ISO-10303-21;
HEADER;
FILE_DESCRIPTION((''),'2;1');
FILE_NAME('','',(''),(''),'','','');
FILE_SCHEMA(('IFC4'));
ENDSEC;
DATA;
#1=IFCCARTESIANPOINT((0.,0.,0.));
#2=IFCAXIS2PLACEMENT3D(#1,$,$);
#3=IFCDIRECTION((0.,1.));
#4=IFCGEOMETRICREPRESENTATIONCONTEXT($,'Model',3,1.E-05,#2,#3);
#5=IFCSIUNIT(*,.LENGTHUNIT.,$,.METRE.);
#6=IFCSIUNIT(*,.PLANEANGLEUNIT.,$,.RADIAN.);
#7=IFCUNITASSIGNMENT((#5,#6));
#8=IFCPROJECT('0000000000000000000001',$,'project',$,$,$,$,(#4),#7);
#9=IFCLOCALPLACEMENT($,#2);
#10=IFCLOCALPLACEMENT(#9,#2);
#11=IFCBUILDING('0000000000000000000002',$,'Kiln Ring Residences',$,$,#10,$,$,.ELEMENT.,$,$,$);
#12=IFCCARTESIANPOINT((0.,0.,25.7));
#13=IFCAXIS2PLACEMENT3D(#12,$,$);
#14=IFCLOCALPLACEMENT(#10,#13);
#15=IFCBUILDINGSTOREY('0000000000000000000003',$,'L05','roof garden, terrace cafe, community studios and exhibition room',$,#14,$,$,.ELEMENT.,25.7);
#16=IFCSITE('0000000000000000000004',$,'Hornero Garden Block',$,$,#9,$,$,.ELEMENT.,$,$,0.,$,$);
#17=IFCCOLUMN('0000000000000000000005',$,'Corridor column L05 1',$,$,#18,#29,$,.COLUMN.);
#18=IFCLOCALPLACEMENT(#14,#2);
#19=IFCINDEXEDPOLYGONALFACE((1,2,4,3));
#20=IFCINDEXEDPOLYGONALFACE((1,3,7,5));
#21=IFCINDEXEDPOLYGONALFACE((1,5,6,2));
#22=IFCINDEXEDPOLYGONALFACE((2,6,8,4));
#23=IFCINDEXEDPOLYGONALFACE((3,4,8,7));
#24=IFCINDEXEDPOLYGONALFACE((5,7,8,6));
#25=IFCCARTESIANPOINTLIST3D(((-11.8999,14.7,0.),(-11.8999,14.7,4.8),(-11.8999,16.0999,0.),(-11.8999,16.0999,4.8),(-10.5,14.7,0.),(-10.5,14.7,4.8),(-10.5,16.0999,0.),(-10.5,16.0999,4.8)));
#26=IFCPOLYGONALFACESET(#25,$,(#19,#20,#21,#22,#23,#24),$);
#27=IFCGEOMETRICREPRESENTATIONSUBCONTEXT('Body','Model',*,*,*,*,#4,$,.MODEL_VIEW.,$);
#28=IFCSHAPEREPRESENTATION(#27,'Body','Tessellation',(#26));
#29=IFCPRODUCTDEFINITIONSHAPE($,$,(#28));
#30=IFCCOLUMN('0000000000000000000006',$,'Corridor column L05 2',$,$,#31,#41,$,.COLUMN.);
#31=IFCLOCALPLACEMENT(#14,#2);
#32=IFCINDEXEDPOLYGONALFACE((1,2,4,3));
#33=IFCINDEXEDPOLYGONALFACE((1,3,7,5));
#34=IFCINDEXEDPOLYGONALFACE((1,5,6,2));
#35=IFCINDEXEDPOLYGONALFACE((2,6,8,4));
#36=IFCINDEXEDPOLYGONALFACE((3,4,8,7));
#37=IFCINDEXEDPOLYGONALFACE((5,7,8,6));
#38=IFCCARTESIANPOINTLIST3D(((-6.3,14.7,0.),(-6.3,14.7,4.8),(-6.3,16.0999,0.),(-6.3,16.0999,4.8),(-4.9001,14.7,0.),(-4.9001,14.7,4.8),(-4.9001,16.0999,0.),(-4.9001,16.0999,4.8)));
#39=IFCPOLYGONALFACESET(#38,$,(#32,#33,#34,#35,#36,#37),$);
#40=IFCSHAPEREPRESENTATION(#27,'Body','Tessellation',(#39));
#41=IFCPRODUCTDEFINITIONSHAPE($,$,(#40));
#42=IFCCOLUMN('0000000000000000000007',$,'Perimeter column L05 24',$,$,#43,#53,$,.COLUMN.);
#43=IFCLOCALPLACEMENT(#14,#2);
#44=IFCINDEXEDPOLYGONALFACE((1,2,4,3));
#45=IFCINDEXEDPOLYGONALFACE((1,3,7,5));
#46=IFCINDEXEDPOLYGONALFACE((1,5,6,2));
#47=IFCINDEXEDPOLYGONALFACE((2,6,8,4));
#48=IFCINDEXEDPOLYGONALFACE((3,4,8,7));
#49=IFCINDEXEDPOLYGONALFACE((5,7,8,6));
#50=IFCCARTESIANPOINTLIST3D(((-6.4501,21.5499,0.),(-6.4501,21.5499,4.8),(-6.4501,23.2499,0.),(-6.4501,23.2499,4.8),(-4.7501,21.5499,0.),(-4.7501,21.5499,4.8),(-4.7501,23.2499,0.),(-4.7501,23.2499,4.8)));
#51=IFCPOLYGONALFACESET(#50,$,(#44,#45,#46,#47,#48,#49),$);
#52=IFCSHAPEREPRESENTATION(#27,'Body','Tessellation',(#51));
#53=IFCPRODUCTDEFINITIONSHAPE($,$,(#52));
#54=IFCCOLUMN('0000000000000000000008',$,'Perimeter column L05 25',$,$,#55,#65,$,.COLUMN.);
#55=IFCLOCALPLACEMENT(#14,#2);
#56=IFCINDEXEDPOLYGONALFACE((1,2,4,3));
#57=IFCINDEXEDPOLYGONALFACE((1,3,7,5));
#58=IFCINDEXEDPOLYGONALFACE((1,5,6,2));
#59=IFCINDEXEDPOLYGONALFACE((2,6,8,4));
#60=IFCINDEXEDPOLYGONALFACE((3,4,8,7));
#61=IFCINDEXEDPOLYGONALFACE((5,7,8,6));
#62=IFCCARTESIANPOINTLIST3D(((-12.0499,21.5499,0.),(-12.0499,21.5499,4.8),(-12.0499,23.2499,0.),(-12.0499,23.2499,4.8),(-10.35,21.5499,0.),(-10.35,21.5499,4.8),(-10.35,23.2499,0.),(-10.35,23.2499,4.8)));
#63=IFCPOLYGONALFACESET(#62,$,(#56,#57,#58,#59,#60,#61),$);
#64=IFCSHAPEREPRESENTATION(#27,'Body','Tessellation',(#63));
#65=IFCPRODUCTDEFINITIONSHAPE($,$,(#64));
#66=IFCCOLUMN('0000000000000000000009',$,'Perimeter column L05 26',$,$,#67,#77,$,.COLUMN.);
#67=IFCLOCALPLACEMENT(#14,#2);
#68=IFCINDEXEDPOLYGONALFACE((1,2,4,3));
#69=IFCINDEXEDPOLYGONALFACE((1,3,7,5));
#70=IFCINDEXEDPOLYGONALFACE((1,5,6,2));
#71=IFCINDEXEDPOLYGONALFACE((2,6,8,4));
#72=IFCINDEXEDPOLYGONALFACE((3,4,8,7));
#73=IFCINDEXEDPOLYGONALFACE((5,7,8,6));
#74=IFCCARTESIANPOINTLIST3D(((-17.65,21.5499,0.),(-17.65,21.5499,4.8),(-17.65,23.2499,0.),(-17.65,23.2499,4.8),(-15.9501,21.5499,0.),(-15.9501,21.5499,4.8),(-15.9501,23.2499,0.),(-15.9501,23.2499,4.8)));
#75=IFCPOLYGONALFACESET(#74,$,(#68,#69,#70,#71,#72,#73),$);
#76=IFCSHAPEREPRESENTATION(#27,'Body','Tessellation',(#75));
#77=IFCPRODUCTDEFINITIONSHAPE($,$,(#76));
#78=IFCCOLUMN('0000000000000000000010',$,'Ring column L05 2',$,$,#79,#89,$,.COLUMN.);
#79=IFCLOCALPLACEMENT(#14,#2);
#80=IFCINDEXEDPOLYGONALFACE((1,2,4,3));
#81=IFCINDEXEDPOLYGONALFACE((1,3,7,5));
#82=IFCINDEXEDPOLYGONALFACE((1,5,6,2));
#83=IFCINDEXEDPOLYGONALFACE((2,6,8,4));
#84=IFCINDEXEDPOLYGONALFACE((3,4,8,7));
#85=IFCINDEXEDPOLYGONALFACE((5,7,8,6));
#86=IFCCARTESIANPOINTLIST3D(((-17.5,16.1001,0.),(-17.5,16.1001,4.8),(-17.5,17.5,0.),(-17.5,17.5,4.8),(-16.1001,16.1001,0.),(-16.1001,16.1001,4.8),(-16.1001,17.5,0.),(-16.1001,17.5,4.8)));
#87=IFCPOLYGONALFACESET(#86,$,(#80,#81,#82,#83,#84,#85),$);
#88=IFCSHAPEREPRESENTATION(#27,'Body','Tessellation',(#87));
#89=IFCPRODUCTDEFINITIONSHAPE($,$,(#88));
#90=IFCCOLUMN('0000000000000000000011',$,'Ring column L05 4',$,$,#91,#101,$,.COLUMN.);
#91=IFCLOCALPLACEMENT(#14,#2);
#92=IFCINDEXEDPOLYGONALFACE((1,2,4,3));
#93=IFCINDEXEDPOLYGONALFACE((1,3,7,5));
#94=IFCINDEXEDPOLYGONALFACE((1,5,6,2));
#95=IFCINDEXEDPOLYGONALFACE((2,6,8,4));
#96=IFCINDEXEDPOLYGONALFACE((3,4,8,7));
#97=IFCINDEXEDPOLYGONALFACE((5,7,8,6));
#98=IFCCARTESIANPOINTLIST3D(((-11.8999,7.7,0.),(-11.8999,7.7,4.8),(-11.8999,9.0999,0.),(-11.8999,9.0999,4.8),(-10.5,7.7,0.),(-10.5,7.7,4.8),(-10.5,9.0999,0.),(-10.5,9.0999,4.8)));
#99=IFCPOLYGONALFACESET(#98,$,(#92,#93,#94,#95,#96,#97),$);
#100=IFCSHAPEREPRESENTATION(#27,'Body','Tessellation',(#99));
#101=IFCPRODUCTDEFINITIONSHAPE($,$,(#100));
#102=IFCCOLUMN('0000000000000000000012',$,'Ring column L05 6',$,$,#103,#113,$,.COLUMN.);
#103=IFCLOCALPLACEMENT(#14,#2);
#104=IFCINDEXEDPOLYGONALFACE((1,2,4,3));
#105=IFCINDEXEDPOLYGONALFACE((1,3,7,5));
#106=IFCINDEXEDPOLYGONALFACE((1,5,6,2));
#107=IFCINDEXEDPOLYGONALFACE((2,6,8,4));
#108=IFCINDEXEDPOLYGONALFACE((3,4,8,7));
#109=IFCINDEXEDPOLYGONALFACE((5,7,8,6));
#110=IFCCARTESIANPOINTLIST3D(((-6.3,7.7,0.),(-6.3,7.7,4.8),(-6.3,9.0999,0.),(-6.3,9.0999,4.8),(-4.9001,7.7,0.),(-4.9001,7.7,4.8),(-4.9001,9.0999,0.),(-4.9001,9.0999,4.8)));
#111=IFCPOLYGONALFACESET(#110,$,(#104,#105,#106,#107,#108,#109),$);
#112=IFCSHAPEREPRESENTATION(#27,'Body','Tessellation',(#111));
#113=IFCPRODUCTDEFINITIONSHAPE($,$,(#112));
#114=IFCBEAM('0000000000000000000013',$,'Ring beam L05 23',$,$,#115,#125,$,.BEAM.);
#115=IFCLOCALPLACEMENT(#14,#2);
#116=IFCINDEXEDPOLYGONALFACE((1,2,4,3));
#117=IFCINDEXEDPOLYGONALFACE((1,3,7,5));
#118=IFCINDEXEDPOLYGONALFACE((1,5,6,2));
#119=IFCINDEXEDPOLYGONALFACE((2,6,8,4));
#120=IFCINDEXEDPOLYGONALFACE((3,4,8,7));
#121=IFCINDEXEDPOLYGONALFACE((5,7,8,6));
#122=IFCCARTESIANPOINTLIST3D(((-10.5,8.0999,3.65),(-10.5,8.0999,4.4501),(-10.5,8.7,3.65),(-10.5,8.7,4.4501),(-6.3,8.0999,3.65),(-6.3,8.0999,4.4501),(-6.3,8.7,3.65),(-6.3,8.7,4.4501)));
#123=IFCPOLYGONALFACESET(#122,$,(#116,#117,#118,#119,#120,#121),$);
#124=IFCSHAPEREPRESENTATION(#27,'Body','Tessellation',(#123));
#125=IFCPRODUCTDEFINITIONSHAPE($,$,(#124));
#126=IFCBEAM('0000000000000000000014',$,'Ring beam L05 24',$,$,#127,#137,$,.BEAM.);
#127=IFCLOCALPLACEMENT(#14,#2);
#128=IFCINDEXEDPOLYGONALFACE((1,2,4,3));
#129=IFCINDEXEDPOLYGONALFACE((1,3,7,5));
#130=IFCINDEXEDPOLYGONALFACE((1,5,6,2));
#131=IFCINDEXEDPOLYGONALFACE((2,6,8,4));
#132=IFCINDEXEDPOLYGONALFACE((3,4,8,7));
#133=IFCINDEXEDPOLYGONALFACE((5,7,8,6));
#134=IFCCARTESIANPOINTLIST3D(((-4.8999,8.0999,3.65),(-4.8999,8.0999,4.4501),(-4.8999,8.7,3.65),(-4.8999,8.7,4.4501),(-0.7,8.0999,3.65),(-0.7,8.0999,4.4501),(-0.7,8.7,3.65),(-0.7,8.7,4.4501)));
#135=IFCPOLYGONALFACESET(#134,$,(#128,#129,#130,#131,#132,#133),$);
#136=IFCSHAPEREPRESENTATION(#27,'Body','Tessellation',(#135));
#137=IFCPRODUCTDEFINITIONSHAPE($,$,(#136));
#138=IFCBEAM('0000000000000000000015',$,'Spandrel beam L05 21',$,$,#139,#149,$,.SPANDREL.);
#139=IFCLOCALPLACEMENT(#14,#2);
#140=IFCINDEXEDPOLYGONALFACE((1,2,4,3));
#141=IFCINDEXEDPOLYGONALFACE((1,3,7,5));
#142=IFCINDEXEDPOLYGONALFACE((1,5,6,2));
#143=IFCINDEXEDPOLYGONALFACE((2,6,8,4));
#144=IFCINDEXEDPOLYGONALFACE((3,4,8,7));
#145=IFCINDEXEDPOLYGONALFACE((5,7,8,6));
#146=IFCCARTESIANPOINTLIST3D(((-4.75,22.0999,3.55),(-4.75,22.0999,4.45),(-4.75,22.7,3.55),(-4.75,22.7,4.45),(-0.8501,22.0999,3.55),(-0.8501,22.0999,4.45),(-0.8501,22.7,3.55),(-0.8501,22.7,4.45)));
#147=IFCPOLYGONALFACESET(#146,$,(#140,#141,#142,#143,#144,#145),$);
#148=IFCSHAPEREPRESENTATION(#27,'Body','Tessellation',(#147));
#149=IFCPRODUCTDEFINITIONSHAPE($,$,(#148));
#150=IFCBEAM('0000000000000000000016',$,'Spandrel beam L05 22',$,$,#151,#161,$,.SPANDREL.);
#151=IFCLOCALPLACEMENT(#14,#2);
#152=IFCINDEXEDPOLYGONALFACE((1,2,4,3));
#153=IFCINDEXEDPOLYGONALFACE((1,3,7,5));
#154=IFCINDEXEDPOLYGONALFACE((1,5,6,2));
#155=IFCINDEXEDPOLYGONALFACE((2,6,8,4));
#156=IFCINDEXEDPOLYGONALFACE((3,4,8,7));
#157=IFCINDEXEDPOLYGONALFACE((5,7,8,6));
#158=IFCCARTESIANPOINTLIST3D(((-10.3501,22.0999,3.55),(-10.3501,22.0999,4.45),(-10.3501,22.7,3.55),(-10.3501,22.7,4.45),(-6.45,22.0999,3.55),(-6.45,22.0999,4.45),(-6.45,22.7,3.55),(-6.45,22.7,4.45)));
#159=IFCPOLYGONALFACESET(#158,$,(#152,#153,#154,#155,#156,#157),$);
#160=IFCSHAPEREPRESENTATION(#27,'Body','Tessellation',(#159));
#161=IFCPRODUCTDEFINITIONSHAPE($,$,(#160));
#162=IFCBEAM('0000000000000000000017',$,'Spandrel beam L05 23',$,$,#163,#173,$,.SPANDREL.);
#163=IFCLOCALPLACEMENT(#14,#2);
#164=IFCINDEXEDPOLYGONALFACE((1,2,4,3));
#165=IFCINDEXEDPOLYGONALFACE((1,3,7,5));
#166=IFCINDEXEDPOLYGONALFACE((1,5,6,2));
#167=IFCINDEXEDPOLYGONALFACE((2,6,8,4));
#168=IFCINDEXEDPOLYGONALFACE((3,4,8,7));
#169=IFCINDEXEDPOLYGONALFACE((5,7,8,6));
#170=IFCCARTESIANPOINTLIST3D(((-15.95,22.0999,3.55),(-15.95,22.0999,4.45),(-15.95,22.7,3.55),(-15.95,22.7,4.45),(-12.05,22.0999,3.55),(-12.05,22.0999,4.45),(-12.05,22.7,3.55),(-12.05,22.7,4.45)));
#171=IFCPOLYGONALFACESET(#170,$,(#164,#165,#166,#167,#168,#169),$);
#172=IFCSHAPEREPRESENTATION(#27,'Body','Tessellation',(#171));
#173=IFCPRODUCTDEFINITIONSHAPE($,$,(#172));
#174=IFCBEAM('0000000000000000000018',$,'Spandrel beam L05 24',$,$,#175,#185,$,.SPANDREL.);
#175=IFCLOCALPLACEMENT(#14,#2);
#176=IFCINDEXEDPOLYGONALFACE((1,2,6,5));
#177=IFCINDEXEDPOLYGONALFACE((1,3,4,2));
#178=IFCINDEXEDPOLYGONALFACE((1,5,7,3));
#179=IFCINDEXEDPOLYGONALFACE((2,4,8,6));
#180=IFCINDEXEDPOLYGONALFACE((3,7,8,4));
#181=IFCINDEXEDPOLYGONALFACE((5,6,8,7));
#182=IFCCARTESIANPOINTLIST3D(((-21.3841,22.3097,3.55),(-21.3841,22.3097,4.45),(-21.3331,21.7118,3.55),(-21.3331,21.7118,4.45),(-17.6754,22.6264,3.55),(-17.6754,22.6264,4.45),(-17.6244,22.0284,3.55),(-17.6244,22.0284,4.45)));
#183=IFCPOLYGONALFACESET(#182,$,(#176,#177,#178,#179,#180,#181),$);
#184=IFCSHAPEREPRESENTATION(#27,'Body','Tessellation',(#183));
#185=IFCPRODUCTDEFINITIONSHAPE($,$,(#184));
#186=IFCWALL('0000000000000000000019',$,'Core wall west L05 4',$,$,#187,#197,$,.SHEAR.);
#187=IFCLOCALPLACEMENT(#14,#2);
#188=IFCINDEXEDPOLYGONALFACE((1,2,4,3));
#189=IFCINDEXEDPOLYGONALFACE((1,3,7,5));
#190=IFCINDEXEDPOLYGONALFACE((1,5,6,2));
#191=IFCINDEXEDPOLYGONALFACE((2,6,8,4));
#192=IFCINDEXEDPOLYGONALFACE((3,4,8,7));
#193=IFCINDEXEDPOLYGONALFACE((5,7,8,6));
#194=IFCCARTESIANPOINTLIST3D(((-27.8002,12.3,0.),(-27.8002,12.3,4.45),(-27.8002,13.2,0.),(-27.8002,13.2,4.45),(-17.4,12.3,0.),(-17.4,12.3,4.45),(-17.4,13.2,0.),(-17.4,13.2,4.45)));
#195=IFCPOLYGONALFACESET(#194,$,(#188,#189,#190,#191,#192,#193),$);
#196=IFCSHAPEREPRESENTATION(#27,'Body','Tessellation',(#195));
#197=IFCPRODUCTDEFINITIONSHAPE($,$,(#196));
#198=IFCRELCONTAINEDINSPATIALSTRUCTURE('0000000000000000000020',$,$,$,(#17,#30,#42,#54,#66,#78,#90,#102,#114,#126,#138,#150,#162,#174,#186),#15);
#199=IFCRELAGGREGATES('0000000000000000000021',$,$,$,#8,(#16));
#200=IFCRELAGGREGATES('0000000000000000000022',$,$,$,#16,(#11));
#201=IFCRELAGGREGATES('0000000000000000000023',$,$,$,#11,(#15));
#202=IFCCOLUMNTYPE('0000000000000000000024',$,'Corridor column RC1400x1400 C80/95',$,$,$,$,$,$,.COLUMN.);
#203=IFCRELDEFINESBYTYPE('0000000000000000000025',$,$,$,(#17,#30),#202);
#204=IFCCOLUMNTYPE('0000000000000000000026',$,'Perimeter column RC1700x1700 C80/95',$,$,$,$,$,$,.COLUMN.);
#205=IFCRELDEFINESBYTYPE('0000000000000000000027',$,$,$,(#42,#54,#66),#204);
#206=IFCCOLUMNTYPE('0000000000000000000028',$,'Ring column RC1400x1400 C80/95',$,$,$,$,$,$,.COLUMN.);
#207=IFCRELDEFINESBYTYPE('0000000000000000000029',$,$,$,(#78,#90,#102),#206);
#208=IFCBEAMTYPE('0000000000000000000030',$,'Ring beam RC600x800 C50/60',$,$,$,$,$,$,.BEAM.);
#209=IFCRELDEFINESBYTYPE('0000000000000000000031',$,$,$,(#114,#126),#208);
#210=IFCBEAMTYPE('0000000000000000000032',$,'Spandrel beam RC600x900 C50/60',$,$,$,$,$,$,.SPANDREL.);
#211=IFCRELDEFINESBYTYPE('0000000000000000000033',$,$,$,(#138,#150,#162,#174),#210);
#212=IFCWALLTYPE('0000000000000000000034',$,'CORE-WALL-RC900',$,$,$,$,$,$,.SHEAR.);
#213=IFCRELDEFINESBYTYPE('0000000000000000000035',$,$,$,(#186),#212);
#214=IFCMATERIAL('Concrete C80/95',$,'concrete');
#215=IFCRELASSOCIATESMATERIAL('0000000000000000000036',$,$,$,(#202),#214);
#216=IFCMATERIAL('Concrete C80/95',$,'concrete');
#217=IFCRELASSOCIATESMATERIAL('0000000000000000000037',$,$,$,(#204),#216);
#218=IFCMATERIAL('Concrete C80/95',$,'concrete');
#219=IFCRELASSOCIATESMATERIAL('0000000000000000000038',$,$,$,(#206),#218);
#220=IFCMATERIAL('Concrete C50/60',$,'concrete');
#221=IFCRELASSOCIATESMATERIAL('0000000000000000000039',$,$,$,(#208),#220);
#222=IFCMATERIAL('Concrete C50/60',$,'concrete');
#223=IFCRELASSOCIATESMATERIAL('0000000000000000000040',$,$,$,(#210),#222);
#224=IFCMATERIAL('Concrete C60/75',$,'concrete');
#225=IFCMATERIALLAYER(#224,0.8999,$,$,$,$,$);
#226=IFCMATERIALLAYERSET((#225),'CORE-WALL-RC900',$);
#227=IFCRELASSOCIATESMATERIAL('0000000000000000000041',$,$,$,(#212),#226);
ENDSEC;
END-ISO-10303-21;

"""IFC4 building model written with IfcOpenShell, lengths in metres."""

from ifc_helpers import new_model, si_unit, direction, frame, frame_2d, origin, origin_2d, place, context, subcontext, project, spatial, rectangle, extrude, material, layer, layer_set, material_profile, profile_set, type_object, element, save


model = new_model("IFC4")

# Units and contexts
model_context = context("Model", 3, precision=1e-05, world=origin(), true_north=direction((0.0, 1.0)))
body_context = subcontext(model_context, "Body", "Model", "MODEL_VIEW")
ifc_project = project(units=[si_unit("LENGTHUNIT", "METRE"), si_unit("PLANEANGLEUNIT", "RADIAN")], contexts=[model_context])

# Site, building, storey
site_placement = place(None, origin())
site = spatial("IfcSite", under=ifc_project, at=site_placement, Name="Hornero Garden Block", CompositionType="ELEMENT", RefElevation=0.0)
building_placement = place(site_placement, origin())
building = spatial("IfcBuilding", under=site, at=building_placement, Name="Kiln Ring Residences", CompositionType="ELEMENT")
storey_placement = place(building_placement, frame((0.0, 0.0, 25.7)))
storey = spatial("IfcBuildingStorey", under=building, at=storey_placement, Name="L05", Description="roof garden, terrace cafe, community studios and exhibition room", CompositionType="ELEMENT", Elevation=25.7)

# Columns
ifc_material_1 = material(Name="Concrete C80/95", Category="concrete")
ifc_material_profile_1 = material_profile(ifc_material_1, rectangle(XDim=1.3999, YDim=1.3999, at=origin_2d()), Name="RC1400x1400")
ifc_profile_set_1 = profile_set([ifc_material_profile_1], Name="Concrete C80/95")
column_type_1 = type_object("IfcColumnType", Name="Corridor column RC1400x1400 C80/95", PredefinedType="COLUMN", material=ifc_profile_set_1)
for number, where, z_axis, x_axis, name in (
    (1, (-11.2, 15.3999, 0.0), (0.0, 0.0, 1.0), (1.0, 0.0, 0.0), "Corridor column L05 1"),
    (2, (-5.6001, 15.3999, 0.0), (0.0, 0.0, 1.0), (1.0, 0.0, 0.0), "Corridor column L05 2"),
):
    element("IfcColumn", number, at=place(storey_placement, frame(where, z_axis=z_axis, x_axis=x_axis)), inside=storey, type_object=column_type_1, Name=name, PredefinedType="COLUMN", context=body_context, shape_type="SweptSolid", body=[
        extrude(rectangle(XDim=1.3999, YDim=1.3999, at=origin_2d()), origin(), (0.0, 0.0, 1.0), 4.8),
    ])
ifc_material_2 = material(Name="Concrete C80/95", Category="concrete")
ifc_material_profile_2 = material_profile(ifc_material_2, rectangle(XDim=1.7, YDim=1.7, at=origin_2d()), Name="RC1700x1700")
ifc_profile_set_2 = profile_set([ifc_material_profile_2], Name="Concrete C80/95")
column_type_2 = type_object("IfcColumnType", Name="Perimeter column RC1700x1700 C80/95", PredefinedType="COLUMN", material=ifc_profile_set_2)
for number, where, z_axis, x_axis, name in (
    (3, (-5.6001, 22.3999, 0.0), (0.0, 0.0, 1.0), (1.0, 0.0, 0.0), "Perimeter column L05 24"),
    (4, (-11.2, 22.3999, 0.0), (0.0, 0.0, 1.0), (1.0, 0.0, 0.0), "Perimeter column L05 25"),
    (5, (-16.8, 22.3999, 0.0), (0.0, 0.0, 1.0), (1.0, 0.0, 0.0), "Perimeter column L05 26"),
):
    element("IfcColumn", number, at=place(storey_placement, frame(where, z_axis=z_axis, x_axis=x_axis)), inside=storey, type_object=column_type_2, Name=name, PredefinedType="COLUMN", context=body_context, shape_type="SweptSolid", body=[
        extrude(rectangle(XDim=1.7, YDim=1.7, at=origin_2d()), origin(), (0.0, 0.0, 1.0), 4.8),
    ])
ifc_material_3 = material(Name="Concrete C80/95", Category="concrete")
ifc_material_profile_3 = material_profile(ifc_material_3, rectangle(XDim=1.3999, YDim=1.3999, at=origin_2d()), Name="RC1400x1400")
ifc_profile_set_3 = profile_set([ifc_material_profile_3], Name="Concrete C80/95")
column_type_3 = type_object("IfcColumnType", Name="Ring column RC1400x1400 C80/95", PredefinedType="COLUMN", material=ifc_profile_set_3)
for number, where, z_axis, x_axis, name in (
    (6, (-16.8, 16.8, 0.0), (0.0, 0.0, 1.0), (1.0, 0.0, 0.0), "Ring column L05 2"),
    (7, (-11.2, 8.3999, 0.0), (0.0, 0.0, 1.0), (1.0, 0.0, 0.0), "Ring column L05 4"),
    (8, (-5.6001, 8.3999, 0.0), (0.0, 0.0, 1.0), (1.0, 0.0, 0.0), "Ring column L05 6"),
):
    element("IfcColumn", number, at=place(storey_placement, frame(where, z_axis=z_axis, x_axis=x_axis)), inside=storey, type_object=column_type_3, Name=name, PredefinedType="COLUMN", context=body_context, shape_type="SweptSolid", body=[
        extrude(rectangle(XDim=1.3999, YDim=1.3999, at=origin_2d()), origin(), (0.0, 0.0, 1.0), 4.8),
    ])

# Beams
ifc_material_4 = material(Name="Concrete C50/60", Category="concrete")
ifc_material_profile_4 = material_profile(ifc_material_4, rectangle(XDim=0.6001, YDim=0.8, at=origin_2d()), Name="RC600x800")
ifc_profile_set_4 = profile_set([ifc_material_profile_4], Name="Concrete C50/60")
beam_type_1 = type_object("IfcBeamType", Name="Ring beam RC600x800 C50/60", PredefinedType="BEAM", material=ifc_profile_set_4)
for number, where, z_axis, x_axis, name in (
    (9, (-10.5, 8.3999, 4.05), (1.0, 0.0, 0.0), (0.0, 1.0, 0.0), "Ring beam L05 23"),
    (10, (-4.8999, 8.3999, 4.05), (1.0, 0.0, 0.0), (0.0, 1.0, 0.0), "Ring beam L05 24"),
):
    element("IfcBeam", number, at=place(storey_placement, frame(where, z_axis=z_axis, x_axis=x_axis)), inside=storey, type_object=beam_type_1, Name=name, PredefinedType="BEAM", context=body_context, shape_type="SweptSolid", body=[
        extrude(rectangle(XDim=0.6001, YDim=0.8, at=origin_2d()), origin(), (0.0, 0.0, 1.0), 4.2),
    ])
ifc_material_5 = material(Name="Concrete C50/60", Category="concrete")
ifc_material_profile_5 = material_profile(ifc_material_5, rectangle(XDim=0.6001, YDim=0.8999, at=origin_2d()), Name="RC600x900")
ifc_profile_set_5 = profile_set([ifc_material_profile_5], Name="Concrete C50/60")
beam_type_2 = type_object("IfcBeamType", Name="Spandrel beam RC600x900 C50/60", PredefinedType="SPANDREL", material=ifc_profile_set_5)
beam_1_placement = place(storey_placement, frame((-0.8501, 22.3999, 4.0), z_axis=(-1.0, 0.0, 0.0), x_axis=(0.0, -1.0, 0.0)))
element("IfcBeam", 11, at=beam_1_placement, inside=storey, type_object=beam_type_2, Name="Spandrel beam L05 21", PredefinedType="SPANDREL", context=body_context, shape_type="SweptSolid", body=[
    extrude(rectangle(XDim=0.6001, YDim=0.8999, at=origin_2d()), origin(), (0.0, 0.0, 1.0), 3.8999),
])
beam_2_placement = place(storey_placement, frame((-6.45, 22.3999, 4.0), z_axis=(-1.0, 0.0, 0.0), x_axis=(0.0, -1.0, 0.0)))
element("IfcBeam", 12, at=beam_2_placement, inside=storey, type_object=beam_type_2, Name="Spandrel beam L05 22", PredefinedType="SPANDREL", context=body_context, shape_type="SweptSolid", body=[
    extrude(rectangle(XDim=0.6001, YDim=0.8999, at=origin_2d()), origin(), (0.0, 0.0, 1.0), 3.9001),
])
beam_3_placement = place(storey_placement, frame((-12.05, 22.3999, 4.0), z_axis=(-1.0, 0.0, 0.0), x_axis=(0.0, -1.0, 0.0)))
element("IfcBeam", 13, at=beam_3_placement, inside=storey, type_object=beam_type_2, Name="Spandrel beam L05 23", PredefinedType="SPANDREL", context=body_context, shape_type="SweptSolid", body=[
    extrude(rectangle(XDim=0.6001, YDim=0.8999, at=origin_2d()), origin(), (0.0, 0.0, 1.0), 3.8999),
])
beam_4_placement = place(storey_placement, frame((-17.6499, 22.3274, 4.0), z_axis=(-0.996375, -0.08507, 0.0), x_axis=(0.08507, -0.996375, 0.0)))
element("IfcBeam", 14, at=beam_4_placement, inside=storey, type_object=beam_type_2, Name="Spandrel beam L05 24", PredefinedType="SPANDREL", context=body_context, shape_type="SweptSolid", body=[
    extrude(rectangle(XDim=0.6001, YDim=0.8999, at=origin_2d()), origin(), (0.0, 0.0, 1.0), 3.7222),
])

# Wall
ifc_material_6 = material(Name="Concrete C60/75", Category="concrete")
ifc_layer_1 = layer(ifc_material_6, 0.8999)
ifc_layer_set_1 = layer_set([ifc_layer_1], Name="CORE-WALL-RC900")
wall_type_1 = type_object("IfcWallType", Name="CORE-WALL-RC900", PredefinedType="SHEAR", material=ifc_layer_set_1)
wall_1_placement = place(storey_placement, frame((-17.3999, 12.75, 0.0), z_axis=(0.0, 0.0, 1.0), x_axis=(-1.0, 0.0, 0.0)))
element("IfcWall", 15, at=wall_1_placement, inside=storey, type_object=wall_type_1, Name="Core wall west L05 4", PredefinedType="SHEAR", context=body_context, shape_type="SweptSolid", body=[
    extrude(rectangle(XDim=10.4001, YDim=0.8999, at=frame_2d((5.2002, 0.0))), origin(), (0.0, 0.0, 1.0), 4.45),
])

save(model, "model.ifc")
